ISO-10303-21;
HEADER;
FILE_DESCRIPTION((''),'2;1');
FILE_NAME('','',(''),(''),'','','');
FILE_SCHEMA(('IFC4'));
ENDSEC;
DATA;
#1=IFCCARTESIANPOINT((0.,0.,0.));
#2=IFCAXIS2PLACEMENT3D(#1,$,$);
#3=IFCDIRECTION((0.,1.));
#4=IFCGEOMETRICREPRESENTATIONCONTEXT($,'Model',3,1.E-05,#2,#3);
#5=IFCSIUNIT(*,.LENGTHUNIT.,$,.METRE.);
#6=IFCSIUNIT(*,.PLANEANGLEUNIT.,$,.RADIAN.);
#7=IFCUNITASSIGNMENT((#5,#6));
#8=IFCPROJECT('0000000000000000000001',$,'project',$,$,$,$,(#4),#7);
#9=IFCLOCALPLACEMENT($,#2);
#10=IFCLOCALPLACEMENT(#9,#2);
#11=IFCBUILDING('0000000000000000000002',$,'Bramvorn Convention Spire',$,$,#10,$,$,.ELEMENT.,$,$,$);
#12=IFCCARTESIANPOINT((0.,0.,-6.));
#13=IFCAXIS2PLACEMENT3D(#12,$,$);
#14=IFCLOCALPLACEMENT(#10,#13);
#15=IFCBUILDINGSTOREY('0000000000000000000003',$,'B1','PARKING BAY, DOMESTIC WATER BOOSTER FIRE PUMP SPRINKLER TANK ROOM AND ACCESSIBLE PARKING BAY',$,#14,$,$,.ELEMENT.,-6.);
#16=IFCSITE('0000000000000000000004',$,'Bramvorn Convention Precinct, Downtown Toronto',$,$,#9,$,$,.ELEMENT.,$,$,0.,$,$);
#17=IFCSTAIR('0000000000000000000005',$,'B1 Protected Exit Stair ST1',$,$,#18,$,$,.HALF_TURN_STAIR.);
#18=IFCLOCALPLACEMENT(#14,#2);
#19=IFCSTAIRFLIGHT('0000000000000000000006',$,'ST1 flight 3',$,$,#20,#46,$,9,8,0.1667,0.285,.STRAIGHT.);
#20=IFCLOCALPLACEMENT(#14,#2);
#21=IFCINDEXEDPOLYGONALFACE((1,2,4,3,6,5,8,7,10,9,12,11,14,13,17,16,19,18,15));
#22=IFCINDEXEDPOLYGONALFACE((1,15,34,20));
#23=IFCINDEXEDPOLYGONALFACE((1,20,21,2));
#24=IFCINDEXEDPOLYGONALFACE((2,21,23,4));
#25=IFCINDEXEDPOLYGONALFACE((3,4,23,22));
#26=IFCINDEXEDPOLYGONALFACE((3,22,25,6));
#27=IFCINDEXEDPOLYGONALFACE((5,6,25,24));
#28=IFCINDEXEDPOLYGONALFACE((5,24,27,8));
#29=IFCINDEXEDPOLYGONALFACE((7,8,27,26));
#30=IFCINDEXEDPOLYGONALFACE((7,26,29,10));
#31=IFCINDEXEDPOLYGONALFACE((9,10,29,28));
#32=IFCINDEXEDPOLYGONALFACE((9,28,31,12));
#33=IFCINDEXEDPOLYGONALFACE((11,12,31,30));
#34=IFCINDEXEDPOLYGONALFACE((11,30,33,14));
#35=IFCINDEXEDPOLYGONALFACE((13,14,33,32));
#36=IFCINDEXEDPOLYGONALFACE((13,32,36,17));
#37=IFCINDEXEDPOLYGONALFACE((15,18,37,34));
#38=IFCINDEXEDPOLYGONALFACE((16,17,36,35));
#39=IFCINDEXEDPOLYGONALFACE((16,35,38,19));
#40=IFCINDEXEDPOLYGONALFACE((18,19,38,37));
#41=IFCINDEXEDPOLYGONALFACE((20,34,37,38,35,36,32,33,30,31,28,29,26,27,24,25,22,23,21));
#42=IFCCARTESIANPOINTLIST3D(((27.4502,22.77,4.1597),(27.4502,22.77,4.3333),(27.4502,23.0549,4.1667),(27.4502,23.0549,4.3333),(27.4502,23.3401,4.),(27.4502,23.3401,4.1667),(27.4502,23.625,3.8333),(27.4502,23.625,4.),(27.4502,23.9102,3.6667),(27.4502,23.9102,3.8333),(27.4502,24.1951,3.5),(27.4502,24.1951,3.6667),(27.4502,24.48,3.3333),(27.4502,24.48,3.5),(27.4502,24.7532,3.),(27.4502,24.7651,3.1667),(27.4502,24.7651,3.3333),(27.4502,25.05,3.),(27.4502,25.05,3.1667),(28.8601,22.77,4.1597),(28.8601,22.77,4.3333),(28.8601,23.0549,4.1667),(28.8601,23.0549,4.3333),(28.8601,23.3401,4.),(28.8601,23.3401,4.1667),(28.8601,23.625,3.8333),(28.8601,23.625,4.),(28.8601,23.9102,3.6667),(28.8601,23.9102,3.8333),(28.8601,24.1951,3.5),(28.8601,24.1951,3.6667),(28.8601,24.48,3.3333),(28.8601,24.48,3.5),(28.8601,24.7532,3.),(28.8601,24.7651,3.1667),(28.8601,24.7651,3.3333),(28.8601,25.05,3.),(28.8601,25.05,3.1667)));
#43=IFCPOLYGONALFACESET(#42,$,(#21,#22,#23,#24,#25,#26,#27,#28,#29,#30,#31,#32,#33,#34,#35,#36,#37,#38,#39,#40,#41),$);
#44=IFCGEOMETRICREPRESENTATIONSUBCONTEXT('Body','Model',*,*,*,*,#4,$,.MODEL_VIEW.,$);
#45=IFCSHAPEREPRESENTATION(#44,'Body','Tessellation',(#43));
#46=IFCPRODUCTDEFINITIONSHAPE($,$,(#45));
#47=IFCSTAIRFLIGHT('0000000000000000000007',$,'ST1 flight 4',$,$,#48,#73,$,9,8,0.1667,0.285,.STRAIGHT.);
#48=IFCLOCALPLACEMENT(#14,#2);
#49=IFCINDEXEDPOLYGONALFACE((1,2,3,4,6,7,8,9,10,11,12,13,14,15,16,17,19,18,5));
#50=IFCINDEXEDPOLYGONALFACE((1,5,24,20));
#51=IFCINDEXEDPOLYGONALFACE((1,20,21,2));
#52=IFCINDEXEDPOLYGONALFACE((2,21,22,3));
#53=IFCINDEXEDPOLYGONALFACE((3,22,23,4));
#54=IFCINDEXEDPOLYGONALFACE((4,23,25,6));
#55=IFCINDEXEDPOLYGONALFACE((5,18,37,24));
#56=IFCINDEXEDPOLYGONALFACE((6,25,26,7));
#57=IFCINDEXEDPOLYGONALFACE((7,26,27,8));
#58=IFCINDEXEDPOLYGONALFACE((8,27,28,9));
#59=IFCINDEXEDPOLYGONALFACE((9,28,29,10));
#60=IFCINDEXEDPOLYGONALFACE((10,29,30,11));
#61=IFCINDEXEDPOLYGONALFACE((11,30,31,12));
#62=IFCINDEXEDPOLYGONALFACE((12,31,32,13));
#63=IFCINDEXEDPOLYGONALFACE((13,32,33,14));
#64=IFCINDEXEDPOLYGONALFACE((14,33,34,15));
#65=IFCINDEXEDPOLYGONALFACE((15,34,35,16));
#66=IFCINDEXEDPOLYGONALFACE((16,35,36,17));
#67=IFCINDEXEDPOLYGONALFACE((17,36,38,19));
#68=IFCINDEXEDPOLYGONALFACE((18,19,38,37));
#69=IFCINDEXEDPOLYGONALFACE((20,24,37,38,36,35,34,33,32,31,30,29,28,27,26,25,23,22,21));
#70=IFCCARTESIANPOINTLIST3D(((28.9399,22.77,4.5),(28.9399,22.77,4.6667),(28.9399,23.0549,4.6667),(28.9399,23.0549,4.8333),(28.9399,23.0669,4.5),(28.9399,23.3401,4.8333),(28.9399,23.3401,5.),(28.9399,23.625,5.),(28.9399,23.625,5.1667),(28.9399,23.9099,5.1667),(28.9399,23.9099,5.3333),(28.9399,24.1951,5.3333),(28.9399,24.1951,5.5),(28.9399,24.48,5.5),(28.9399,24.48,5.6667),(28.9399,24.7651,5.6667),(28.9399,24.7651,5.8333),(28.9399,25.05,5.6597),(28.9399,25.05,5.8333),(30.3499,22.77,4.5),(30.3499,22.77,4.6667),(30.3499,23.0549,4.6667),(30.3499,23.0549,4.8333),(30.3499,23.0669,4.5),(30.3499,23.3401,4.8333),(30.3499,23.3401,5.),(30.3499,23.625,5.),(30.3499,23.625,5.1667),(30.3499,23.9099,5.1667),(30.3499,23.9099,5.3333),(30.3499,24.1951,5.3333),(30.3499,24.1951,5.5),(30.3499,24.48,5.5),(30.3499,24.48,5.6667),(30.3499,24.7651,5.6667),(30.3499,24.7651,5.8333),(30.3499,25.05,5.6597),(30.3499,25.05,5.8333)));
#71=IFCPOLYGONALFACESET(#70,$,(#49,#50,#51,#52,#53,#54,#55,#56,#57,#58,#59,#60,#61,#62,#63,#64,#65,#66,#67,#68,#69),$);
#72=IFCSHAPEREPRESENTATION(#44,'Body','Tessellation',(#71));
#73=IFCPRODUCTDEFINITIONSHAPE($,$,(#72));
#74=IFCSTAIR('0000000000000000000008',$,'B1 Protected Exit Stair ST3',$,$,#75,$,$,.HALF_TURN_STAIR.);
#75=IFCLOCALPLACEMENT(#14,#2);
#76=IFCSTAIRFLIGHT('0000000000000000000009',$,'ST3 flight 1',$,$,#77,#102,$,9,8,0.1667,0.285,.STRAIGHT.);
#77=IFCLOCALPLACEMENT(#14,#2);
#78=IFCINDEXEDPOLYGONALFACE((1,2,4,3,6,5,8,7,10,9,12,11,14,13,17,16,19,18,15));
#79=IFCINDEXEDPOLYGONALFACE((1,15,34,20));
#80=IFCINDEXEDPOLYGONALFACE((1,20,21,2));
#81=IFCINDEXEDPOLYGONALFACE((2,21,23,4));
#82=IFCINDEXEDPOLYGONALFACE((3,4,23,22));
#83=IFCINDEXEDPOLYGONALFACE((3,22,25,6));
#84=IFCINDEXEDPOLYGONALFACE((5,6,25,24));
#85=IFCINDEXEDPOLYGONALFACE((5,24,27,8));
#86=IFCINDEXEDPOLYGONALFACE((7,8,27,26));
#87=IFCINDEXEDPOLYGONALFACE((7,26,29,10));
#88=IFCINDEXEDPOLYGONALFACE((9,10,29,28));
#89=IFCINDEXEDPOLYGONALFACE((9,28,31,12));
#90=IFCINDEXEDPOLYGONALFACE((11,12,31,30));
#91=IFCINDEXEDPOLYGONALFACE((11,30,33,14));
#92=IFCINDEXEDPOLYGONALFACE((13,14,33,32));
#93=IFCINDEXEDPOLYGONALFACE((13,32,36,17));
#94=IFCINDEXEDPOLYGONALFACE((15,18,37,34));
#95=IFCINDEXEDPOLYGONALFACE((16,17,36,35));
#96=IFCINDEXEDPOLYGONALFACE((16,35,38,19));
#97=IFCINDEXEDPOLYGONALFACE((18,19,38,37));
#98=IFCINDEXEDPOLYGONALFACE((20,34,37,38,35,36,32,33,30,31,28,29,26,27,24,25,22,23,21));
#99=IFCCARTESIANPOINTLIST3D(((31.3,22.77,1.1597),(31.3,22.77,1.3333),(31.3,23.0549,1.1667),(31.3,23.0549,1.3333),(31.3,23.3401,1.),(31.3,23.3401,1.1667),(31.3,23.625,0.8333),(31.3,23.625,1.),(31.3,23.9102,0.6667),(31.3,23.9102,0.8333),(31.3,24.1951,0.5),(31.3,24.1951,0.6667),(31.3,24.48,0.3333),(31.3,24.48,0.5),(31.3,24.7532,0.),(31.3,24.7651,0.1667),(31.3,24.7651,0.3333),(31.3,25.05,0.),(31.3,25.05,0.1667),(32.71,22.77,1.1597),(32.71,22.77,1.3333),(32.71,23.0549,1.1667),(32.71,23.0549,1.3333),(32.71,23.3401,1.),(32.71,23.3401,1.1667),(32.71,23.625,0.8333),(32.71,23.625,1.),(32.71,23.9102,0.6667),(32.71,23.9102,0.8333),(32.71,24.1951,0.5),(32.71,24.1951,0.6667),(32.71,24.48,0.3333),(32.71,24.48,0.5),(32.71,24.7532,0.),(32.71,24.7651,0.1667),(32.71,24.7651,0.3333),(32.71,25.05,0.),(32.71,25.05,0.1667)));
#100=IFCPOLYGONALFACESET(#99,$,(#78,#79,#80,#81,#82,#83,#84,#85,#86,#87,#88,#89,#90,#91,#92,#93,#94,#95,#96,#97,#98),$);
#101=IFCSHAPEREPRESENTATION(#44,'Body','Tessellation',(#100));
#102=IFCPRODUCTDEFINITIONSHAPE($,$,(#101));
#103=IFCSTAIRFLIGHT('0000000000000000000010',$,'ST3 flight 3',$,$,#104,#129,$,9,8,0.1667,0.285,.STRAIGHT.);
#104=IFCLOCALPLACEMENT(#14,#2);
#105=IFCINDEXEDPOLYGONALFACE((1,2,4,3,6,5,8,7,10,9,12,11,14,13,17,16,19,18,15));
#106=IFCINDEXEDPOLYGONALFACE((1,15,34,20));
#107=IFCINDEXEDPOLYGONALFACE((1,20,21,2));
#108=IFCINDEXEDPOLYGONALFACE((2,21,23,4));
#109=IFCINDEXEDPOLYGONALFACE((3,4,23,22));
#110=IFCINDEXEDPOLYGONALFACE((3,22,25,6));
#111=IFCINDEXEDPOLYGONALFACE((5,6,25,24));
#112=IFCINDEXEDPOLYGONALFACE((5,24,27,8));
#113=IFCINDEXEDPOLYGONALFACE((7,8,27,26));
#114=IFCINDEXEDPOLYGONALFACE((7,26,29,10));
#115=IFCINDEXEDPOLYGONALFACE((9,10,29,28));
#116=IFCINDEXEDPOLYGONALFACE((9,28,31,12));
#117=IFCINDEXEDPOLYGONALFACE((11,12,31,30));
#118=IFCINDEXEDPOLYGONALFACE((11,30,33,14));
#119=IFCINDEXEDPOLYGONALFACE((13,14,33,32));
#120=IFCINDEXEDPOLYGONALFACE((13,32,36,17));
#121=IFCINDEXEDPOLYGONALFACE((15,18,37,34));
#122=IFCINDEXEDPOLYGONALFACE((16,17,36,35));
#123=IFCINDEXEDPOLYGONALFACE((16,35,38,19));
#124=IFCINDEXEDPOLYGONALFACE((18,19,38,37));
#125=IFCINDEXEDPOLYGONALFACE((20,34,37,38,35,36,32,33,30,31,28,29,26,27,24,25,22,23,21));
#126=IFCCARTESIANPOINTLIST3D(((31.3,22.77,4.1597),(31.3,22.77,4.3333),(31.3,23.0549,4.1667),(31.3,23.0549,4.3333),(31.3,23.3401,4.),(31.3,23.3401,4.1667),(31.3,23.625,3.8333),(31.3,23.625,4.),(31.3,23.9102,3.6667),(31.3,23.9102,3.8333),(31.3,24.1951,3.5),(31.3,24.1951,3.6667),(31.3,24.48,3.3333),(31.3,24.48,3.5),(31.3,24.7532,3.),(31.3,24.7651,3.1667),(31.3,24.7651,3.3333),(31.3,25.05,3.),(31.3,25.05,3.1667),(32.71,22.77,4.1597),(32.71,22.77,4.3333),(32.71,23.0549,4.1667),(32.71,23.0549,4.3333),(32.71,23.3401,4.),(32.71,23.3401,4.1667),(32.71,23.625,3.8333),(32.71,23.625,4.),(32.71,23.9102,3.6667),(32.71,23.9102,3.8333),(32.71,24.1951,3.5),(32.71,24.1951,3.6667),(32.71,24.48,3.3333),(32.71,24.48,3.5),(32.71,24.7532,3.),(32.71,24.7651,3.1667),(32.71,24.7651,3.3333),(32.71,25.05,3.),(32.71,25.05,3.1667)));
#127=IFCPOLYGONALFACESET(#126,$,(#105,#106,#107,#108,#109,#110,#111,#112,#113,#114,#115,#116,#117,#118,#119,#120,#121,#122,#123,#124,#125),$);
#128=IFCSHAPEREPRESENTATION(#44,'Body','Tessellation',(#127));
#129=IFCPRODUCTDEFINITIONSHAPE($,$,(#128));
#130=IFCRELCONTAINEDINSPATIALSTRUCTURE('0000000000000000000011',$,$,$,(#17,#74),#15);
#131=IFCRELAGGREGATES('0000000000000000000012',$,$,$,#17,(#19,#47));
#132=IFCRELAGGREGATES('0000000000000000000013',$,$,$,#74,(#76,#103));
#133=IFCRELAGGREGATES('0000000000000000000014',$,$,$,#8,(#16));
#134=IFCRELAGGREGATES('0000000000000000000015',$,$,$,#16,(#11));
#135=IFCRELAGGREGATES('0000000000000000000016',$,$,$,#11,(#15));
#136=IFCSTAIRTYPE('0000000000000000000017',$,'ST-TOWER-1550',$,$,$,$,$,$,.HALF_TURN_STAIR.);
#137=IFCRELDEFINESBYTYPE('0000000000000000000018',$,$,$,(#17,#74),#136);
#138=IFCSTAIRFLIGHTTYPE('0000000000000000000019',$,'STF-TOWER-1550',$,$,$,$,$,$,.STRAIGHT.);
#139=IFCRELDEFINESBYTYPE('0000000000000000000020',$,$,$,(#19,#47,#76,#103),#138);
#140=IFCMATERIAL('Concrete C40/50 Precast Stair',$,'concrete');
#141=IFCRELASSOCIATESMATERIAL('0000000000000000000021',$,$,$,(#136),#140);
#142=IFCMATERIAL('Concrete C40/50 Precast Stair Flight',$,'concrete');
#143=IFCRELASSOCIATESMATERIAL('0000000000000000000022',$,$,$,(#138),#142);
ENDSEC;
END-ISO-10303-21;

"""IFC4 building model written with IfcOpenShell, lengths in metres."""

from ifc_helpers import new_model, si_unit, direction, frame, origin, place, context, subcontext, project, spatial, polyline, outline, extrude, material, type_object, element, aggregate, save


model = new_model("IFC4")

# Units and contexts
model_context = context("Model", 3, precision=1e-05, world=origin(), true_north=direction((0.0, 1.0)))
body_context = subcontext(model_context, "Body", "Model", "MODEL_VIEW")
ifc_project = project(units=[si_unit("LENGTHUNIT", "METRE"), si_unit("PLANEANGLEUNIT", "RADIAN")], contexts=[model_context])

# Site, building, storey
site_placement = place(None, origin())
site = spatial("IfcSite", under=ifc_project, at=site_placement, Name="Bramvorn Convention Precinct, Downtown Toronto", CompositionType="ELEMENT", RefElevation=0.0)
building_placement = place(site_placement, origin())
building = spatial("IfcBuilding", under=site, at=building_placement, Name="Bramvorn Convention Spire", CompositionType="ELEMENT")
storey_placement = place(building_placement, frame((0.0, 0.0, -6.0)))
storey = spatial("IfcBuildingStorey", under=building, at=storey_placement, Name="B1", Description="PARKING BAY, DOMESTIC WATER BOOSTER FIRE PUMP SPRINKLER TANK ROOM AND ACCESSIBLE PARKING BAY", CompositionType="ELEMENT", Elevation=-6.0)

# Stairs, stair flights
ifc_material_1 = material(Name="Concrete C40/50 Precast Stair", Category="concrete")
stair_type = type_object("IfcStairType", Name="ST-TOWER-1550", PredefinedType="HALF_TURN_STAIR", material=ifc_material_1)
stair_1_placement = place(storey_placement, origin())
stair_1 = element("IfcStair", 1, at=stair_1_placement, inside=storey, type_object=stair_type, Name="B1 Protected Exit Stair ST1", PredefinedType="HALF_TURN_STAIR")
ifc_material_2 = material(Name="Concrete C40/50 Precast Stair Flight", Category="concrete")
stair_flight_type = type_object("IfcStairFlightType", Name="STF-TOWER-1550", PredefinedType="STRAIGHT", material=ifc_material_2)
stair_flight_1_placement = place(storey_placement, frame((28.155, 25.05, 3.0), z_axis=(0.0, 0.0, 1.0), x_axis=(0.0, -1.0, 0.0)))
stair_flight_1 = element("IfcStairFlight", 2, at=stair_flight_1_placement, type_object=stair_flight_type, Name="ST1 flight 3", NumberOfRisers=9, NumberOfTreads=8, PredefinedType="STRAIGHT", RiserHeight=0.1667, TreadLength=0.285, context=body_context, shape_type="SweptSolid", body=[
    extrude(outline(polyline([(0.0, 0.0), (0.0, 0.1667), (0.2849, 0.1667), (0.2849, 0.3333), (0.5701, 0.3333), (0.5701, 0.5), (0.855, 0.5), (0.855, 0.6667), (1.1399, 0.6667), (1.1399, 0.8333), (1.425, 0.8333), (1.425, 1.0), (1.71, 1.0), (1.71, 1.1667), (1.9951, 1.1667), (1.9951, 1.3333), (2.28, 1.3333), (2.28, 1.5), (2.28, 1.1597), (0.2969, 0.0), (0.0, 0.0)])), frame((0.0, 0.7051, 0.0), z_axis=(0.0, -1.0, 0.0), x_axis=(1.0, 0.0, 0.0)), (0.0, 0.0, 1.0), 1.4099),
])
stair_flight_2_placement = place(storey_placement, frame((29.645, 22.77, 4.5), z_axis=(0.0, 0.0, 1.0), x_axis=(0.0, 1.0, 0.0)))
stair_flight_2 = element("IfcStairFlight", 3, at=stair_flight_2_placement, type_object=stair_flight_type, Name="ST1 flight 4", NumberOfRisers=9, NumberOfTreads=8, PredefinedType="STRAIGHT", RiserHeight=0.1667, TreadLength=0.285, context=body_context, shape_type="SweptSolid", body=[
    extrude(outline(polyline([(0.0, 0.0), (0.0, 0.1667), (0.2849, 0.1667), (0.2849, 0.3333), (0.5701, 0.3333), (0.5701, 0.5), (0.855, 0.5), (0.855, 0.6667), (1.1399, 0.6667), (1.1399, 0.8333), (1.425, 0.8333), (1.425, 1.0), (1.71, 1.0), (1.71, 1.1667), (1.9951, 1.1667), (1.9951, 1.3333), (2.28, 1.3333), (2.28, 1.5), (2.28, 1.1597), (0.2969, 0.0), (0.0, 0.0)])), frame((0.0, 0.7051, 0.0), z_axis=(0.0, -1.0, 0.0), x_axis=(1.0, 0.0, 0.0)), (0.0, 0.0, 1.0), 1.4099),
])
aggregate(stair_1, [stair_flight_1, stair_flight_2])
stair_2_placement = place(storey_placement, origin())
stair_2 = element("IfcStair", 4, at=stair_2_placement, inside=storey, type_object=stair_type, Name="B1 Protected Exit Stair ST3", PredefinedType="HALF_TURN_STAIR")
stair_flight_3_placement = place(storey_placement, frame((32.0049, 25.05, 0.0), z_axis=(0.0, 0.0, 1.0), x_axis=(0.0, -1.0, 0.0)))
stair_flight_3 = element("IfcStairFlight", 5, at=stair_flight_3_placement, type_object=stair_flight_type, Name="ST3 flight 1", NumberOfRisers=9, NumberOfTreads=8, PredefinedType="STRAIGHT", RiserHeight=0.1667, TreadLength=0.285, context=body_context, shape_type="SweptSolid", body=[
    extrude(outline(polyline([(0.0, 0.0), (0.0, 0.1667), (0.2849, 0.1667), (0.2849, 0.3333), (0.5701, 0.3333), (0.5701, 0.5), (0.855, 0.5), (0.855, 0.6667), (1.1399, 0.6667), (1.1399, 0.8333), (1.425, 0.8333), (1.425, 1.0), (1.71, 1.0), (1.71, 1.1667), (1.9951, 1.1667), (1.9951, 1.3333), (2.28, 1.3333), (2.28, 1.5), (2.28, 1.1597), (0.2969, 0.0), (0.0, 0.0)])), frame((0.0, 0.7051, 0.0), z_axis=(0.0, -1.0, 0.0), x_axis=(1.0, 0.0, 0.0)), (0.0, 0.0, 1.0), 1.4099),
])
stair_flight_4_placement = place(storey_placement, frame((32.0049, 25.05, 3.0), z_axis=(0.0, 0.0, 1.0), x_axis=(0.0, -1.0, 0.0)))
stair_flight_4 = element("IfcStairFlight", 6, at=stair_flight_4_placement, type_object=stair_flight_type, Name="ST3 flight 3", NumberOfRisers=9, NumberOfTreads=8, PredefinedType="STRAIGHT", RiserHeight=0.1667, TreadLength=0.285, context=body_context, shape_type="SweptSolid", body=[
    extrude(outline(polyline([(0.0, 0.0), (0.0, 0.1667), (0.2849, 0.1667), (0.2849, 0.3333), (0.5701, 0.3333), (0.5701, 0.5), (0.855, 0.5), (0.855, 0.6667), (1.1399, 0.6667), (1.1399, 0.8333), (1.425, 0.8333), (1.425, 1.0), (1.71, 1.0), (1.71, 1.1667), (1.9951, 1.1667), (1.9951, 1.3333), (2.28, 1.3333), (2.28, 1.5), (2.28, 1.1597), (0.2969, 0.0), (0.0, 0.0)])), frame((0.0, 0.7051, 0.0), z_axis=(0.0, -1.0, 0.0), x_axis=(1.0, 0.0, 0.0)), (0.0, 0.0, 1.0), 1.4099),
])
aggregate(stair_2, [stair_flight_3, stair_flight_4])

save(model, "model.ifc")
